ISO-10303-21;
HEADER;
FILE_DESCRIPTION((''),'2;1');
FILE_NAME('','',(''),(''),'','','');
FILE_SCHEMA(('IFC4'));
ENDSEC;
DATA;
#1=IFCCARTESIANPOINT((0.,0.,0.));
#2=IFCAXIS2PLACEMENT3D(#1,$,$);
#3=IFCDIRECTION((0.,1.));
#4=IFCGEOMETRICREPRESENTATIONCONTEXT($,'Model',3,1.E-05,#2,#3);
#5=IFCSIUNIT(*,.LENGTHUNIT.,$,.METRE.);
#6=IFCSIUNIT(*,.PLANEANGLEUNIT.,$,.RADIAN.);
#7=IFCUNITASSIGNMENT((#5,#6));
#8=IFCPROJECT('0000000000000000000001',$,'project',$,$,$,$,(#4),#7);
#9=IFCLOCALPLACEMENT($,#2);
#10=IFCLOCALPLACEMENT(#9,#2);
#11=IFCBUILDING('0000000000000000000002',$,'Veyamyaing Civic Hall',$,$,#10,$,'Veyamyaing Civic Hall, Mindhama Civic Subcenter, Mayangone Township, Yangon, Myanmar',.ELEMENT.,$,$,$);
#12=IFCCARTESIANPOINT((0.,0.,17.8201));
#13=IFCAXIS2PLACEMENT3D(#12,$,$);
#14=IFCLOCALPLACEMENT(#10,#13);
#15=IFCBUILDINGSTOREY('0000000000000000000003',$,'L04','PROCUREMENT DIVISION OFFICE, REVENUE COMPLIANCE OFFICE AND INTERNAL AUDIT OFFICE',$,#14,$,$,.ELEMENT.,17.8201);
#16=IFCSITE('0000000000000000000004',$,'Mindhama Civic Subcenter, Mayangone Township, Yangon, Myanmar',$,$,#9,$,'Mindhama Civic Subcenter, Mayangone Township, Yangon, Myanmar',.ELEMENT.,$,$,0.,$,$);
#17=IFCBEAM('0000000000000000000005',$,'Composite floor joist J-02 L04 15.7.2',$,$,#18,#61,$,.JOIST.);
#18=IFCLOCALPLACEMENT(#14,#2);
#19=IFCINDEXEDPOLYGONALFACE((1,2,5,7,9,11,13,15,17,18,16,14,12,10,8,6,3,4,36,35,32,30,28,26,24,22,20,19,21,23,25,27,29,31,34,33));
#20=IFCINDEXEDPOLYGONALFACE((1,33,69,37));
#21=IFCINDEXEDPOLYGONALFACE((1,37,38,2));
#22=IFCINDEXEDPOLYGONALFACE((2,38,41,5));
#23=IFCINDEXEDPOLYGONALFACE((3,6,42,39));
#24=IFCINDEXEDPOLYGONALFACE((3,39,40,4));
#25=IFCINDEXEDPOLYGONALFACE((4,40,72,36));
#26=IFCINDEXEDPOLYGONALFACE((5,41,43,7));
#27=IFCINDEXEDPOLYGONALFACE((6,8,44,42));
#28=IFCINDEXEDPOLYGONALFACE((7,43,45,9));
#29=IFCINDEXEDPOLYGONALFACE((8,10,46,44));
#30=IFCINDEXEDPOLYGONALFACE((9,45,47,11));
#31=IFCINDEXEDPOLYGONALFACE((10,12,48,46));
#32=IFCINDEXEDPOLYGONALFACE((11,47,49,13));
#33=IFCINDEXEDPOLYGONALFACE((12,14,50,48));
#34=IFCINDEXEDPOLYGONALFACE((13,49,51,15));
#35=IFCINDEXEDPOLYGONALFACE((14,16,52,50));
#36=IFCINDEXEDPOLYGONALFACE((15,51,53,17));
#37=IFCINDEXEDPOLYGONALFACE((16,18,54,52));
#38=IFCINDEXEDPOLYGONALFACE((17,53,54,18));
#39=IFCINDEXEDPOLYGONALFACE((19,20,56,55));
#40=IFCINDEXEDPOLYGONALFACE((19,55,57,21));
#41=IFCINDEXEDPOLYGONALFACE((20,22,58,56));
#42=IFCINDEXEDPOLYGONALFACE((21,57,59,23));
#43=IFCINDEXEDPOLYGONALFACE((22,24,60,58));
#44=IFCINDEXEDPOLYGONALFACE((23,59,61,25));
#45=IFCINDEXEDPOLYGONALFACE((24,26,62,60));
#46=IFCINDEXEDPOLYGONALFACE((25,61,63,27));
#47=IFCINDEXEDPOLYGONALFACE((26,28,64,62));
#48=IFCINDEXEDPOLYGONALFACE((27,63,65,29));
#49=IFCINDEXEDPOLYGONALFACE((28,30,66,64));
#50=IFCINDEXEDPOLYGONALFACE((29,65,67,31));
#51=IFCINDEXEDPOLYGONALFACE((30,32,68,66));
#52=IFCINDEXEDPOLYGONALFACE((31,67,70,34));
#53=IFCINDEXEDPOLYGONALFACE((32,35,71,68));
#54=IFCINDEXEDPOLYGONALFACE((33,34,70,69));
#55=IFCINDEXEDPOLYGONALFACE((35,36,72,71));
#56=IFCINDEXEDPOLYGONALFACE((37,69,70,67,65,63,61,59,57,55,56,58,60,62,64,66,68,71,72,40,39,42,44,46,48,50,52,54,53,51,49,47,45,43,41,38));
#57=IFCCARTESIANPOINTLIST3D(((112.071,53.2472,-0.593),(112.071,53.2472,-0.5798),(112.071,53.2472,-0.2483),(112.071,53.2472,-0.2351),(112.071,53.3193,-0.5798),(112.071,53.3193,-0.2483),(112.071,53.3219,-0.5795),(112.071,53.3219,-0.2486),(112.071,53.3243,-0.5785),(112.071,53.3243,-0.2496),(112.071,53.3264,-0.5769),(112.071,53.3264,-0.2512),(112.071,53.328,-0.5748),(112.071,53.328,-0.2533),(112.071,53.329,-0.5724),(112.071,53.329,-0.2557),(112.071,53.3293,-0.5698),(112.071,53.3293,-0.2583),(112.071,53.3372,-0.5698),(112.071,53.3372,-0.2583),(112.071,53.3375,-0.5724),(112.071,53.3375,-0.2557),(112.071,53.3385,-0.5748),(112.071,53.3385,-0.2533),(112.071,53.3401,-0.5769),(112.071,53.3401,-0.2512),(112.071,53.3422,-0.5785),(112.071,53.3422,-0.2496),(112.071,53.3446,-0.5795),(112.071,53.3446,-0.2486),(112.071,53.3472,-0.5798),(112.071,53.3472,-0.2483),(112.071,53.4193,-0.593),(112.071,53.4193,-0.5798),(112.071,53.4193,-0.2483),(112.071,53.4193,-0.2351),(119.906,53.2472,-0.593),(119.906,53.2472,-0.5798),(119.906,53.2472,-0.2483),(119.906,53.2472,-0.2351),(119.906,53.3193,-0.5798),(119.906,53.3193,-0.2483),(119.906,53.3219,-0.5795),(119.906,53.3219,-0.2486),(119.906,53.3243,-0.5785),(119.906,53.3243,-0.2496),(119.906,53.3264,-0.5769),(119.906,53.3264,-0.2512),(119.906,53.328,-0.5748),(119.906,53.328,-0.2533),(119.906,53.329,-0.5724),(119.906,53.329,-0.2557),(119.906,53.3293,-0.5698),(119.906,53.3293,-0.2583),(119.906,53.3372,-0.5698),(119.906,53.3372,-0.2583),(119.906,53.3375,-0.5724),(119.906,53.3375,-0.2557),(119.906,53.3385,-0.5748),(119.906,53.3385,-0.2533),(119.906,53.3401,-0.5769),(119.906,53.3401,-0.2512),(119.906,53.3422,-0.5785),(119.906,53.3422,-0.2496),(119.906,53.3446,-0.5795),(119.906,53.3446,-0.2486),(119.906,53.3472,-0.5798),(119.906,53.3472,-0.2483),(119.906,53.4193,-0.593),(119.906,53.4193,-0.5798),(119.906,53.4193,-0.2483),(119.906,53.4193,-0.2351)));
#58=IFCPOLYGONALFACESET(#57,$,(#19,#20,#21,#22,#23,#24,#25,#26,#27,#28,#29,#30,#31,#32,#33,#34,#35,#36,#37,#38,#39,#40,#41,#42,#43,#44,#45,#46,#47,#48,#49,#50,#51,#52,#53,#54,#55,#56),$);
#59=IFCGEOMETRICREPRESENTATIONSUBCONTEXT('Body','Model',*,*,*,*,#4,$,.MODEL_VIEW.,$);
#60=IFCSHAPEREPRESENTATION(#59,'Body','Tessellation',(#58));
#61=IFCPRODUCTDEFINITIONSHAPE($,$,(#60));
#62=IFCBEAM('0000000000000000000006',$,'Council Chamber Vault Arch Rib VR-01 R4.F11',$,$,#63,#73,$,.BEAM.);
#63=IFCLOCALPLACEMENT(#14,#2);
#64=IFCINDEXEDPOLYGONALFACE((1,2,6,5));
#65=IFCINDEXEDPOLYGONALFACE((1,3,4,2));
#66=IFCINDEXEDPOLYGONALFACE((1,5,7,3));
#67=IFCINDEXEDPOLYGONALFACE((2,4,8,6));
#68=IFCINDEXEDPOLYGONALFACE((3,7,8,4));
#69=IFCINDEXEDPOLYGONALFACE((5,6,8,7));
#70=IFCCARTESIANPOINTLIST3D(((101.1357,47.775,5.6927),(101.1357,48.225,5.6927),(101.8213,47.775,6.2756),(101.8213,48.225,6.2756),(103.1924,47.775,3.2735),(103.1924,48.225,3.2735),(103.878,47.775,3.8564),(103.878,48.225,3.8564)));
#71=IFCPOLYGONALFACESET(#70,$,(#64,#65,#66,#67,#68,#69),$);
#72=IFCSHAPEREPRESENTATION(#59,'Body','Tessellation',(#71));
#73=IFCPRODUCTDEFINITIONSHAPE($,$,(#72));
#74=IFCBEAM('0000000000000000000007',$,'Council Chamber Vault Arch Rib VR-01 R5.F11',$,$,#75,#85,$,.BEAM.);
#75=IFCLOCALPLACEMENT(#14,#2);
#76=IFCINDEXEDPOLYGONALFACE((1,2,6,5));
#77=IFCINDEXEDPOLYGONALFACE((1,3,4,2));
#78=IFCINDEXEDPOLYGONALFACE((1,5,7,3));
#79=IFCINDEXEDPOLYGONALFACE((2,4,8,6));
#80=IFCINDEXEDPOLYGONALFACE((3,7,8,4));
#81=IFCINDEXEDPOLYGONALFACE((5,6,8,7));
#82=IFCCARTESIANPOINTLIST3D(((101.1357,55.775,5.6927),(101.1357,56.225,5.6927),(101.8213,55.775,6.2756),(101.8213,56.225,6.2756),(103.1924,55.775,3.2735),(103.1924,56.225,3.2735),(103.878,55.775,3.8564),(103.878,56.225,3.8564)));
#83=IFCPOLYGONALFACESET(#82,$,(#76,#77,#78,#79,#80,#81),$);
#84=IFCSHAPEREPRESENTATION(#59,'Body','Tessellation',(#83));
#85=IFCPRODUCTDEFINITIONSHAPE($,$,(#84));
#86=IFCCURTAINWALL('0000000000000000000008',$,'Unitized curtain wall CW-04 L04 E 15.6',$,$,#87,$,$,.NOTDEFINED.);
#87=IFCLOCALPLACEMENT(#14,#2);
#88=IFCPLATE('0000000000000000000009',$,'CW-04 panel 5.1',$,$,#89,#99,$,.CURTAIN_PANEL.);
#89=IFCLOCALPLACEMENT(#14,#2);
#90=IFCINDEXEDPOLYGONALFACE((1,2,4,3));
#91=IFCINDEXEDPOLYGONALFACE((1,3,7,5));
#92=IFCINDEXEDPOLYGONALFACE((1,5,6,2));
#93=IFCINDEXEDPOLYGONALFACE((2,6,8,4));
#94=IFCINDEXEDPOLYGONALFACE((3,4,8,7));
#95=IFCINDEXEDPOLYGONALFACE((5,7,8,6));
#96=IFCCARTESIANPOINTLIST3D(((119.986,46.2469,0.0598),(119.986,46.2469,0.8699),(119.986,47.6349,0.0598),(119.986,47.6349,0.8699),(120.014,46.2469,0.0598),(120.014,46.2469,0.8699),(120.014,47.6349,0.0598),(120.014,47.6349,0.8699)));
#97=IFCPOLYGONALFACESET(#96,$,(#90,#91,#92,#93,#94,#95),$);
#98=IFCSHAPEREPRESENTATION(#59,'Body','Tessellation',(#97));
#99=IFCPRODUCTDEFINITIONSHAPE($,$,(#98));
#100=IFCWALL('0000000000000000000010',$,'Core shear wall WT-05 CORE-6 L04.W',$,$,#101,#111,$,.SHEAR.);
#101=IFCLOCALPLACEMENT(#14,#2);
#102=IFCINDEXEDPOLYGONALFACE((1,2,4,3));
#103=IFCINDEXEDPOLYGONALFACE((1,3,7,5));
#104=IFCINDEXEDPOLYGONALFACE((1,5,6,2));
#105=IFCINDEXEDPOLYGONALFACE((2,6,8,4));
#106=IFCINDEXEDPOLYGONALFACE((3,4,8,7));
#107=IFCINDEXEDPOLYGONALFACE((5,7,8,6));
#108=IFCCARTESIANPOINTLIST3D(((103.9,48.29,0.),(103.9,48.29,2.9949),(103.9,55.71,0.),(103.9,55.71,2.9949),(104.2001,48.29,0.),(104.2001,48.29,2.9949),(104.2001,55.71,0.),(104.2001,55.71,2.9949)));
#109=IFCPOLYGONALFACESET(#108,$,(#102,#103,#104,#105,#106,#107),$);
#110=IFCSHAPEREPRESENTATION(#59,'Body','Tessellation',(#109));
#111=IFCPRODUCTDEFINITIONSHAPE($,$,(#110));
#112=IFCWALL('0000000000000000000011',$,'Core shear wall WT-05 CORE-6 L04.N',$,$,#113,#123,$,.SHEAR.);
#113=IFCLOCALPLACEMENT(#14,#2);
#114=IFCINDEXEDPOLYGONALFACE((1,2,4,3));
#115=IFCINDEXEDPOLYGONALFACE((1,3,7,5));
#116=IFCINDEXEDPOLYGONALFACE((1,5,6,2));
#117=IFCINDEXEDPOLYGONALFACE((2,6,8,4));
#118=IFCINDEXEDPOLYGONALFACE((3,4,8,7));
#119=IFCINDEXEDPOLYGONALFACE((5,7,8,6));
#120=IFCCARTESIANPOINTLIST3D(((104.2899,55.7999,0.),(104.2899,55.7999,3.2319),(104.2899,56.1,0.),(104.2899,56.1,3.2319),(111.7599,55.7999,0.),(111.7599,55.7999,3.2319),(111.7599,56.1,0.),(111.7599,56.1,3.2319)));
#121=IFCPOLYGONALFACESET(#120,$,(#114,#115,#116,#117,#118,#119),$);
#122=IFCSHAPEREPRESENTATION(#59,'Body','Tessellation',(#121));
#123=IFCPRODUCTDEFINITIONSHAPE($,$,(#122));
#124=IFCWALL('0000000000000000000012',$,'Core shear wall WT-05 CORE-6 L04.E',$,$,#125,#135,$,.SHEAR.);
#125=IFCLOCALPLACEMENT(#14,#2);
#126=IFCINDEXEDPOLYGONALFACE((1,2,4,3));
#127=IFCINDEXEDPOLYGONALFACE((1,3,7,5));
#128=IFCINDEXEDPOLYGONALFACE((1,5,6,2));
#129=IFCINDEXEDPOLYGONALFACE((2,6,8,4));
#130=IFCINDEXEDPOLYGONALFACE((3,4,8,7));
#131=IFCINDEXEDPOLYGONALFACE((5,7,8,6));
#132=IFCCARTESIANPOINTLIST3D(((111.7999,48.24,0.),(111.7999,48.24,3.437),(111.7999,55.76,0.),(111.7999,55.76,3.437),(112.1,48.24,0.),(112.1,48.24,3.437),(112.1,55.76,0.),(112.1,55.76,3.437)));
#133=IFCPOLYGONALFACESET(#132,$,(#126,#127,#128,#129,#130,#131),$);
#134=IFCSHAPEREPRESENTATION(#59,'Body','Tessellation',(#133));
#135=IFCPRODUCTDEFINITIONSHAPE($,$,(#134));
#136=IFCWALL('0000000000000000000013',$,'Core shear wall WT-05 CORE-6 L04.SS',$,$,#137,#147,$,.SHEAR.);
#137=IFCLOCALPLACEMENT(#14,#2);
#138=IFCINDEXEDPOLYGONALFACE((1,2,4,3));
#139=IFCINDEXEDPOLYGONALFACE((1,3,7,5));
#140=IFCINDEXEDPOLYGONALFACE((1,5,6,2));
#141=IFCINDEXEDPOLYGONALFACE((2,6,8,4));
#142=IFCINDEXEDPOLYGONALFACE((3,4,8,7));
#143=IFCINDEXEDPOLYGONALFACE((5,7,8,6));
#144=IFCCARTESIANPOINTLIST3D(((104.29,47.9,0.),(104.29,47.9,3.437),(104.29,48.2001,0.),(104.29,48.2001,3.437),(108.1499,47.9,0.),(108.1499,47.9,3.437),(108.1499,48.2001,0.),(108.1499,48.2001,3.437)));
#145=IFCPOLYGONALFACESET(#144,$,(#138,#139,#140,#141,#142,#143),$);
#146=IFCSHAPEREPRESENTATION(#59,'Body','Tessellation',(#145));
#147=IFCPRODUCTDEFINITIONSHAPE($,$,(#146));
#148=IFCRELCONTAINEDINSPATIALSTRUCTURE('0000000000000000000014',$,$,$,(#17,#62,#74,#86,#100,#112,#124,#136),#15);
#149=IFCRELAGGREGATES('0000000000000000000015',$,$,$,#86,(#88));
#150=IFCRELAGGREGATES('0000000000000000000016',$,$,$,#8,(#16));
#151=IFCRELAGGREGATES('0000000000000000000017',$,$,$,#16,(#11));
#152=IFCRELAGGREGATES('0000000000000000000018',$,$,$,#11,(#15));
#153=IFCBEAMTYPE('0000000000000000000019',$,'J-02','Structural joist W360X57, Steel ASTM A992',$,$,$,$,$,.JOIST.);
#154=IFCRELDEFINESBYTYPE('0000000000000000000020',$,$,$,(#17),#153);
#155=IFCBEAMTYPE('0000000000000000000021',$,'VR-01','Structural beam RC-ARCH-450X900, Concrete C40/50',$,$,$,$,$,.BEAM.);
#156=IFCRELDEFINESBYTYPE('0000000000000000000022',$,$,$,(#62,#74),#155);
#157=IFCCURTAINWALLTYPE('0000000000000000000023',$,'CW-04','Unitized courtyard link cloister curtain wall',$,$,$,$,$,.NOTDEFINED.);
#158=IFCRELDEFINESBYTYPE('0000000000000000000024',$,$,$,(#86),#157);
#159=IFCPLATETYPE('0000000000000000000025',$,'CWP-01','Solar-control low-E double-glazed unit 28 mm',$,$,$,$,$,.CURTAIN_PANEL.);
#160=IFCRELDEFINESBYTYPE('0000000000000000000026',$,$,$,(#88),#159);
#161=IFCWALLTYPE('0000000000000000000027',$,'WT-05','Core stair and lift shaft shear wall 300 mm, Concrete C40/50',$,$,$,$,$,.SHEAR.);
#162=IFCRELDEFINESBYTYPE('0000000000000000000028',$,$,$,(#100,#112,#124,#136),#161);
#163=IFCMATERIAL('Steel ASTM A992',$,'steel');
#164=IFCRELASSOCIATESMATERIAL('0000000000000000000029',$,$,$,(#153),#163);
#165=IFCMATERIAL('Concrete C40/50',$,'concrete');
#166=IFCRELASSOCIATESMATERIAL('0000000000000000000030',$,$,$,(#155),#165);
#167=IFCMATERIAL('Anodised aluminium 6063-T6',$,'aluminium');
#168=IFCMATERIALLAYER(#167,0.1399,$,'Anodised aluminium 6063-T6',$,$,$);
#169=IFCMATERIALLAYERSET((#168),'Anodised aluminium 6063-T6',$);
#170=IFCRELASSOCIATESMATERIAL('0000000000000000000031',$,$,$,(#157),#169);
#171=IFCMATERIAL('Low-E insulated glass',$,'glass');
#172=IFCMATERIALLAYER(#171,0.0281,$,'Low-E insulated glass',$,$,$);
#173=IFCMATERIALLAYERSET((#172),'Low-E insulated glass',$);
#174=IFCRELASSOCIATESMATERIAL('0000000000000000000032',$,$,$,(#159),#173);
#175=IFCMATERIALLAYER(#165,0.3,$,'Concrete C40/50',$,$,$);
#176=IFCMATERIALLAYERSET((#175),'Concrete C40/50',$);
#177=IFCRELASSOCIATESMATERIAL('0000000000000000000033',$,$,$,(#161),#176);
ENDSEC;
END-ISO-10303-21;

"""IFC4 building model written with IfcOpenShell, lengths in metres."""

from ifc_helpers import new_model, si_unit, direction, frame, frame_2d, origin, origin_2d, place, context, subcontext, project, spatial, rectangle, i_section, extrude, material, layer, layer_set, material_profile, profile_set, type_object, element, aggregate, save


model = new_model("IFC4")

# Units and contexts
model_context = context("Model", 3, precision=1e-05, world=origin(), true_north=direction((0.0, 1.0)))
body_context = subcontext(model_context, "Body", "Model", "MODEL_VIEW")
ifc_project = project(units=[si_unit("LENGTHUNIT", "METRE"), si_unit("PLANEANGLEUNIT", "RADIAN")], contexts=[model_context])

# Site, building, storey
site_placement = place(None, origin())
site = spatial("IfcSite", under=ifc_project, at=site_placement, Name="Mindhama Civic Subcenter, Mayangone Township, Yangon, Myanmar", LongName="Mindhama Civic Subcenter, Mayangone Township, Yangon, Myanmar", CompositionType="ELEMENT", RefElevation=0.0)
building_placement = place(site_placement, origin())
building = spatial("IfcBuilding", under=site, at=building_placement, Name="Veyamyaing Civic Hall", LongName="Veyamyaing Civic Hall, Mindhama Civic Subcenter, Mayangone Township, Yangon, Myanmar", CompositionType="ELEMENT")
storey_placement = place(building_placement, frame((0.0, 0.0, 17.8201)))
storey = spatial("IfcBuildingStorey", under=building, at=storey_placement, Name="L04", Description="PROCUREMENT DIVISION OFFICE, REVENUE COMPLIANCE OFFICE AND INTERNAL AUDIT OFFICE", CompositionType="ELEMENT", Elevation=17.8201)

# Beams
ifc_material_1 = material(Name="Steel ASTM A992", Category="steel")
ifc_material_profile_1 = material_profile(ifc_material_1, i_section(OverallWidth=0.1721, OverallDepth=0.3579, WebThickness=0.0078, FlangeThickness=0.0132, FilletRadius=0.01, at=origin_2d()), Name="W360X57")
ifc_profile_set_1 = profile_set([ifc_material_profile_1], Name="Steel ASTM A992")
beam_type_1 = type_object("IfcBeamType", Name="J-02", Description="Structural joist W360X57, Steel ASTM A992", PredefinedType="JOIST", material=ifc_profile_set_1)
for number, where, z_axis, x_axis, name in (
    (1, (112.071, 53.3333, -0.4141), (1.0, 0.0, 0.0), (0.0, 1.0, 0.0), "Composite floor joist J-02 L04 15.7.2"),
):
    element("IfcBeam", number, at=place(storey_placement, frame(where, z_axis=z_axis, x_axis=x_axis)), inside=storey, type_object=beam_type_1, Name=name, PredefinedType="JOIST", context=body_context, shape_type="SweptSolid", body=[
        extrude(i_section(OverallWidth=0.1721, OverallDepth=0.3579, WebThickness=0.0078, FlangeThickness=0.0132, FilletRadius=0.01, at=origin_2d()), origin(), (0.0, 0.0, 1.0), 7.835),
    ])
ifc_material_2 = material(Name="Concrete C40/50", Category="concrete")
ifc_material_profile_2 = material_profile(ifc_material_2, rectangle(XDim=0.45, YDim=0.8999, at=origin_2d()), Name="RC-ARCH-450X900")
ifc_profile_set_2 = profile_set([ifc_material_profile_2], Name="Concrete C40/50")
beam_type_2 = type_object("IfcBeamType", Name="VR-01", Description="Structural beam RC-ARCH-450X900, Concrete C40/50", PredefinedType="BEAM", material=ifc_profile_set_2)
for number, where, z_axis, x_axis, name in (
    (2, (101.4785, 48.0, 5.9841), (0.647709, 0.0, -0.761888), (0.0, 1.0, 0.0), "Council Chamber Vault Arch Rib VR-01 R4.F11"),
    (3, (101.4785, 56.0, 5.9841), (0.647709, 0.0, -0.761888), (0.0, 1.0, 0.0), "Council Chamber Vault Arch Rib VR-01 R5.F11"),
):
    element("IfcBeam", number, at=place(storey_placement, frame(where, z_axis=z_axis, x_axis=x_axis)), inside=storey, type_object=beam_type_2, Name=name, PredefinedType="BEAM", context=body_context, shape_type="SweptSolid", body=[
        extrude(rectangle(XDim=0.45, YDim=0.8999, at=origin_2d()), origin(), (0.0, 0.0, 1.0), 3.1753),
    ])

# Curtain wall, plate
ifc_material_3 = material(Name="Anodised aluminium 6063-T6", Category="aluminium")
ifc_layer_1 = layer(ifc_material_3, 0.1399, Name="Anodised aluminium 6063-T6")
ifc_layer_set_1 = layer_set([ifc_layer_1], Name="Anodised aluminium 6063-T6")
curtain_wall_type = type_object("IfcCurtainWallType", Name="CW-04", Description="Unitized courtyard link cloister curtain wall", PredefinedType="NOTDEFINED", material=ifc_layer_set_1)
curtain_wall_placement = place(storey_placement, origin())
curtain_wall = element("IfcCurtainWall", 4, at=curtain_wall_placement, inside=storey, type_object=curtain_wall_type, Name="Unitized curtain wall CW-04 L04 E 15.6", PredefinedType="NOTDEFINED")
ifc_material_4 = material(Name="Low-E insulated glass", Category="glass")
ifc_layer_2 = layer(ifc_material_4, 0.0281, Name="Low-E insulated glass")
ifc_layer_set_2 = layer_set([ifc_layer_2], Name="Low-E insulated glass")
plate_type = type_object("IfcPlateType", Name="CWP-01", Description="Solar-control low-E double-glazed unit 28 mm", PredefinedType="CURTAIN_PANEL", material=ifc_layer_set_2)
plate_placement = place(storey_placement, frame((120.0, 46.9409, 0.0598), z_axis=(0.0, 0.0, 1.0), x_axis=(0.0, 1.0, 0.0)))
plate = element("IfcPlate", 5, at=plate_placement, type_object=plate_type, Name="CW-04 panel 5.1", PredefinedType="CURTAIN_PANEL", context=body_context, shape_type="SweptSolid", body=[
    extrude(rectangle(XDim=1.3879, YDim=0.0281, at=origin_2d()), origin(), (0.0, 0.0, 1.0), 0.8101),
])
aggregate(curtain_wall, [plate])

# Walls
ifc_layer_3 = layer(ifc_material_2, 0.3, Name="Concrete C40/50")
ifc_layer_set_3 = layer_set([ifc_layer_3], Name="Concrete C40/50")
wall_type_1 = type_object("IfcWallType", Name="WT-05", Description="Core stair and lift shaft shear wall 300 mm, Concrete C40/50", PredefinedType="SHEAR", material=ifc_layer_set_3)
wall_1_placement = place(storey_placement, frame((104.05, 48.29, 0.0), z_axis=(0.0, 0.0, 1.0), x_axis=(0.0, 1.0, 0.0)))
element("IfcWall", 6, at=wall_1_placement, inside=storey, type_object=wall_type_1, Name="Core shear wall WT-05 CORE-6 L04.W", PredefinedType="SHEAR", context=body_context, shape_type="SweptSolid", body=[
    extrude(rectangle(XDim=7.4199, YDim=0.3, at=frame_2d((3.71, 0.0))), origin(), (0.0, 0.0, 1.0), 2.9949),
])
wall_2_placement = place(storey_placement, frame((104.29, 55.95, 0.0), z_axis=(0.0, 0.0, 1.0), x_axis=(1.0, 0.0, 0.0)))
element("IfcWall", 7, at=wall_2_placement, inside=storey, type_object=wall_type_1, Name="Core shear wall WT-05 CORE-6 L04.N", PredefinedType="SHEAR", context=body_context, shape_type="SweptSolid", body=[
    extrude(rectangle(XDim=7.47, YDim=0.3, at=frame_2d((3.7349, 0.0))), origin(), (0.0, 0.0, 1.0), 3.2319),
])
wall_3_placement = place(storey_placement, frame((111.95, 48.24, 0.0), z_axis=(0.0, 0.0, 1.0), x_axis=(0.0, 1.0, 0.0)))
element("IfcWall", 8, at=wall_3_placement, inside=storey, type_object=wall_type_1, Name="Core shear wall WT-05 CORE-6 L04.E", PredefinedType="SHEAR", context=body_context, shape_type="SweptSolid", body=[
    extrude(rectangle(XDim=7.52, YDim=0.3, at=frame_2d((3.76, 0.0))), origin(), (0.0, 0.0, 1.0), 3.437),
])
wall_4_placement = place(storey_placement, frame((104.29, 48.05, 0.0), z_axis=(0.0, 0.0, 1.0), x_axis=(1.0, 0.0, 0.0)))
element("IfcWall", 9, at=wall_4_placement, inside=storey, type_object=wall_type_1, Name="Core shear wall WT-05 CORE-6 L04.SS", PredefinedType="SHEAR", context=body_context, shape_type="SweptSolid", body=[
    extrude(rectangle(XDim=3.8599, YDim=0.3, at=frame_2d((1.9299, 0.0))), origin(), (0.0, 0.0, 1.0), 3.437),
])

save(model, "model.ifc")
